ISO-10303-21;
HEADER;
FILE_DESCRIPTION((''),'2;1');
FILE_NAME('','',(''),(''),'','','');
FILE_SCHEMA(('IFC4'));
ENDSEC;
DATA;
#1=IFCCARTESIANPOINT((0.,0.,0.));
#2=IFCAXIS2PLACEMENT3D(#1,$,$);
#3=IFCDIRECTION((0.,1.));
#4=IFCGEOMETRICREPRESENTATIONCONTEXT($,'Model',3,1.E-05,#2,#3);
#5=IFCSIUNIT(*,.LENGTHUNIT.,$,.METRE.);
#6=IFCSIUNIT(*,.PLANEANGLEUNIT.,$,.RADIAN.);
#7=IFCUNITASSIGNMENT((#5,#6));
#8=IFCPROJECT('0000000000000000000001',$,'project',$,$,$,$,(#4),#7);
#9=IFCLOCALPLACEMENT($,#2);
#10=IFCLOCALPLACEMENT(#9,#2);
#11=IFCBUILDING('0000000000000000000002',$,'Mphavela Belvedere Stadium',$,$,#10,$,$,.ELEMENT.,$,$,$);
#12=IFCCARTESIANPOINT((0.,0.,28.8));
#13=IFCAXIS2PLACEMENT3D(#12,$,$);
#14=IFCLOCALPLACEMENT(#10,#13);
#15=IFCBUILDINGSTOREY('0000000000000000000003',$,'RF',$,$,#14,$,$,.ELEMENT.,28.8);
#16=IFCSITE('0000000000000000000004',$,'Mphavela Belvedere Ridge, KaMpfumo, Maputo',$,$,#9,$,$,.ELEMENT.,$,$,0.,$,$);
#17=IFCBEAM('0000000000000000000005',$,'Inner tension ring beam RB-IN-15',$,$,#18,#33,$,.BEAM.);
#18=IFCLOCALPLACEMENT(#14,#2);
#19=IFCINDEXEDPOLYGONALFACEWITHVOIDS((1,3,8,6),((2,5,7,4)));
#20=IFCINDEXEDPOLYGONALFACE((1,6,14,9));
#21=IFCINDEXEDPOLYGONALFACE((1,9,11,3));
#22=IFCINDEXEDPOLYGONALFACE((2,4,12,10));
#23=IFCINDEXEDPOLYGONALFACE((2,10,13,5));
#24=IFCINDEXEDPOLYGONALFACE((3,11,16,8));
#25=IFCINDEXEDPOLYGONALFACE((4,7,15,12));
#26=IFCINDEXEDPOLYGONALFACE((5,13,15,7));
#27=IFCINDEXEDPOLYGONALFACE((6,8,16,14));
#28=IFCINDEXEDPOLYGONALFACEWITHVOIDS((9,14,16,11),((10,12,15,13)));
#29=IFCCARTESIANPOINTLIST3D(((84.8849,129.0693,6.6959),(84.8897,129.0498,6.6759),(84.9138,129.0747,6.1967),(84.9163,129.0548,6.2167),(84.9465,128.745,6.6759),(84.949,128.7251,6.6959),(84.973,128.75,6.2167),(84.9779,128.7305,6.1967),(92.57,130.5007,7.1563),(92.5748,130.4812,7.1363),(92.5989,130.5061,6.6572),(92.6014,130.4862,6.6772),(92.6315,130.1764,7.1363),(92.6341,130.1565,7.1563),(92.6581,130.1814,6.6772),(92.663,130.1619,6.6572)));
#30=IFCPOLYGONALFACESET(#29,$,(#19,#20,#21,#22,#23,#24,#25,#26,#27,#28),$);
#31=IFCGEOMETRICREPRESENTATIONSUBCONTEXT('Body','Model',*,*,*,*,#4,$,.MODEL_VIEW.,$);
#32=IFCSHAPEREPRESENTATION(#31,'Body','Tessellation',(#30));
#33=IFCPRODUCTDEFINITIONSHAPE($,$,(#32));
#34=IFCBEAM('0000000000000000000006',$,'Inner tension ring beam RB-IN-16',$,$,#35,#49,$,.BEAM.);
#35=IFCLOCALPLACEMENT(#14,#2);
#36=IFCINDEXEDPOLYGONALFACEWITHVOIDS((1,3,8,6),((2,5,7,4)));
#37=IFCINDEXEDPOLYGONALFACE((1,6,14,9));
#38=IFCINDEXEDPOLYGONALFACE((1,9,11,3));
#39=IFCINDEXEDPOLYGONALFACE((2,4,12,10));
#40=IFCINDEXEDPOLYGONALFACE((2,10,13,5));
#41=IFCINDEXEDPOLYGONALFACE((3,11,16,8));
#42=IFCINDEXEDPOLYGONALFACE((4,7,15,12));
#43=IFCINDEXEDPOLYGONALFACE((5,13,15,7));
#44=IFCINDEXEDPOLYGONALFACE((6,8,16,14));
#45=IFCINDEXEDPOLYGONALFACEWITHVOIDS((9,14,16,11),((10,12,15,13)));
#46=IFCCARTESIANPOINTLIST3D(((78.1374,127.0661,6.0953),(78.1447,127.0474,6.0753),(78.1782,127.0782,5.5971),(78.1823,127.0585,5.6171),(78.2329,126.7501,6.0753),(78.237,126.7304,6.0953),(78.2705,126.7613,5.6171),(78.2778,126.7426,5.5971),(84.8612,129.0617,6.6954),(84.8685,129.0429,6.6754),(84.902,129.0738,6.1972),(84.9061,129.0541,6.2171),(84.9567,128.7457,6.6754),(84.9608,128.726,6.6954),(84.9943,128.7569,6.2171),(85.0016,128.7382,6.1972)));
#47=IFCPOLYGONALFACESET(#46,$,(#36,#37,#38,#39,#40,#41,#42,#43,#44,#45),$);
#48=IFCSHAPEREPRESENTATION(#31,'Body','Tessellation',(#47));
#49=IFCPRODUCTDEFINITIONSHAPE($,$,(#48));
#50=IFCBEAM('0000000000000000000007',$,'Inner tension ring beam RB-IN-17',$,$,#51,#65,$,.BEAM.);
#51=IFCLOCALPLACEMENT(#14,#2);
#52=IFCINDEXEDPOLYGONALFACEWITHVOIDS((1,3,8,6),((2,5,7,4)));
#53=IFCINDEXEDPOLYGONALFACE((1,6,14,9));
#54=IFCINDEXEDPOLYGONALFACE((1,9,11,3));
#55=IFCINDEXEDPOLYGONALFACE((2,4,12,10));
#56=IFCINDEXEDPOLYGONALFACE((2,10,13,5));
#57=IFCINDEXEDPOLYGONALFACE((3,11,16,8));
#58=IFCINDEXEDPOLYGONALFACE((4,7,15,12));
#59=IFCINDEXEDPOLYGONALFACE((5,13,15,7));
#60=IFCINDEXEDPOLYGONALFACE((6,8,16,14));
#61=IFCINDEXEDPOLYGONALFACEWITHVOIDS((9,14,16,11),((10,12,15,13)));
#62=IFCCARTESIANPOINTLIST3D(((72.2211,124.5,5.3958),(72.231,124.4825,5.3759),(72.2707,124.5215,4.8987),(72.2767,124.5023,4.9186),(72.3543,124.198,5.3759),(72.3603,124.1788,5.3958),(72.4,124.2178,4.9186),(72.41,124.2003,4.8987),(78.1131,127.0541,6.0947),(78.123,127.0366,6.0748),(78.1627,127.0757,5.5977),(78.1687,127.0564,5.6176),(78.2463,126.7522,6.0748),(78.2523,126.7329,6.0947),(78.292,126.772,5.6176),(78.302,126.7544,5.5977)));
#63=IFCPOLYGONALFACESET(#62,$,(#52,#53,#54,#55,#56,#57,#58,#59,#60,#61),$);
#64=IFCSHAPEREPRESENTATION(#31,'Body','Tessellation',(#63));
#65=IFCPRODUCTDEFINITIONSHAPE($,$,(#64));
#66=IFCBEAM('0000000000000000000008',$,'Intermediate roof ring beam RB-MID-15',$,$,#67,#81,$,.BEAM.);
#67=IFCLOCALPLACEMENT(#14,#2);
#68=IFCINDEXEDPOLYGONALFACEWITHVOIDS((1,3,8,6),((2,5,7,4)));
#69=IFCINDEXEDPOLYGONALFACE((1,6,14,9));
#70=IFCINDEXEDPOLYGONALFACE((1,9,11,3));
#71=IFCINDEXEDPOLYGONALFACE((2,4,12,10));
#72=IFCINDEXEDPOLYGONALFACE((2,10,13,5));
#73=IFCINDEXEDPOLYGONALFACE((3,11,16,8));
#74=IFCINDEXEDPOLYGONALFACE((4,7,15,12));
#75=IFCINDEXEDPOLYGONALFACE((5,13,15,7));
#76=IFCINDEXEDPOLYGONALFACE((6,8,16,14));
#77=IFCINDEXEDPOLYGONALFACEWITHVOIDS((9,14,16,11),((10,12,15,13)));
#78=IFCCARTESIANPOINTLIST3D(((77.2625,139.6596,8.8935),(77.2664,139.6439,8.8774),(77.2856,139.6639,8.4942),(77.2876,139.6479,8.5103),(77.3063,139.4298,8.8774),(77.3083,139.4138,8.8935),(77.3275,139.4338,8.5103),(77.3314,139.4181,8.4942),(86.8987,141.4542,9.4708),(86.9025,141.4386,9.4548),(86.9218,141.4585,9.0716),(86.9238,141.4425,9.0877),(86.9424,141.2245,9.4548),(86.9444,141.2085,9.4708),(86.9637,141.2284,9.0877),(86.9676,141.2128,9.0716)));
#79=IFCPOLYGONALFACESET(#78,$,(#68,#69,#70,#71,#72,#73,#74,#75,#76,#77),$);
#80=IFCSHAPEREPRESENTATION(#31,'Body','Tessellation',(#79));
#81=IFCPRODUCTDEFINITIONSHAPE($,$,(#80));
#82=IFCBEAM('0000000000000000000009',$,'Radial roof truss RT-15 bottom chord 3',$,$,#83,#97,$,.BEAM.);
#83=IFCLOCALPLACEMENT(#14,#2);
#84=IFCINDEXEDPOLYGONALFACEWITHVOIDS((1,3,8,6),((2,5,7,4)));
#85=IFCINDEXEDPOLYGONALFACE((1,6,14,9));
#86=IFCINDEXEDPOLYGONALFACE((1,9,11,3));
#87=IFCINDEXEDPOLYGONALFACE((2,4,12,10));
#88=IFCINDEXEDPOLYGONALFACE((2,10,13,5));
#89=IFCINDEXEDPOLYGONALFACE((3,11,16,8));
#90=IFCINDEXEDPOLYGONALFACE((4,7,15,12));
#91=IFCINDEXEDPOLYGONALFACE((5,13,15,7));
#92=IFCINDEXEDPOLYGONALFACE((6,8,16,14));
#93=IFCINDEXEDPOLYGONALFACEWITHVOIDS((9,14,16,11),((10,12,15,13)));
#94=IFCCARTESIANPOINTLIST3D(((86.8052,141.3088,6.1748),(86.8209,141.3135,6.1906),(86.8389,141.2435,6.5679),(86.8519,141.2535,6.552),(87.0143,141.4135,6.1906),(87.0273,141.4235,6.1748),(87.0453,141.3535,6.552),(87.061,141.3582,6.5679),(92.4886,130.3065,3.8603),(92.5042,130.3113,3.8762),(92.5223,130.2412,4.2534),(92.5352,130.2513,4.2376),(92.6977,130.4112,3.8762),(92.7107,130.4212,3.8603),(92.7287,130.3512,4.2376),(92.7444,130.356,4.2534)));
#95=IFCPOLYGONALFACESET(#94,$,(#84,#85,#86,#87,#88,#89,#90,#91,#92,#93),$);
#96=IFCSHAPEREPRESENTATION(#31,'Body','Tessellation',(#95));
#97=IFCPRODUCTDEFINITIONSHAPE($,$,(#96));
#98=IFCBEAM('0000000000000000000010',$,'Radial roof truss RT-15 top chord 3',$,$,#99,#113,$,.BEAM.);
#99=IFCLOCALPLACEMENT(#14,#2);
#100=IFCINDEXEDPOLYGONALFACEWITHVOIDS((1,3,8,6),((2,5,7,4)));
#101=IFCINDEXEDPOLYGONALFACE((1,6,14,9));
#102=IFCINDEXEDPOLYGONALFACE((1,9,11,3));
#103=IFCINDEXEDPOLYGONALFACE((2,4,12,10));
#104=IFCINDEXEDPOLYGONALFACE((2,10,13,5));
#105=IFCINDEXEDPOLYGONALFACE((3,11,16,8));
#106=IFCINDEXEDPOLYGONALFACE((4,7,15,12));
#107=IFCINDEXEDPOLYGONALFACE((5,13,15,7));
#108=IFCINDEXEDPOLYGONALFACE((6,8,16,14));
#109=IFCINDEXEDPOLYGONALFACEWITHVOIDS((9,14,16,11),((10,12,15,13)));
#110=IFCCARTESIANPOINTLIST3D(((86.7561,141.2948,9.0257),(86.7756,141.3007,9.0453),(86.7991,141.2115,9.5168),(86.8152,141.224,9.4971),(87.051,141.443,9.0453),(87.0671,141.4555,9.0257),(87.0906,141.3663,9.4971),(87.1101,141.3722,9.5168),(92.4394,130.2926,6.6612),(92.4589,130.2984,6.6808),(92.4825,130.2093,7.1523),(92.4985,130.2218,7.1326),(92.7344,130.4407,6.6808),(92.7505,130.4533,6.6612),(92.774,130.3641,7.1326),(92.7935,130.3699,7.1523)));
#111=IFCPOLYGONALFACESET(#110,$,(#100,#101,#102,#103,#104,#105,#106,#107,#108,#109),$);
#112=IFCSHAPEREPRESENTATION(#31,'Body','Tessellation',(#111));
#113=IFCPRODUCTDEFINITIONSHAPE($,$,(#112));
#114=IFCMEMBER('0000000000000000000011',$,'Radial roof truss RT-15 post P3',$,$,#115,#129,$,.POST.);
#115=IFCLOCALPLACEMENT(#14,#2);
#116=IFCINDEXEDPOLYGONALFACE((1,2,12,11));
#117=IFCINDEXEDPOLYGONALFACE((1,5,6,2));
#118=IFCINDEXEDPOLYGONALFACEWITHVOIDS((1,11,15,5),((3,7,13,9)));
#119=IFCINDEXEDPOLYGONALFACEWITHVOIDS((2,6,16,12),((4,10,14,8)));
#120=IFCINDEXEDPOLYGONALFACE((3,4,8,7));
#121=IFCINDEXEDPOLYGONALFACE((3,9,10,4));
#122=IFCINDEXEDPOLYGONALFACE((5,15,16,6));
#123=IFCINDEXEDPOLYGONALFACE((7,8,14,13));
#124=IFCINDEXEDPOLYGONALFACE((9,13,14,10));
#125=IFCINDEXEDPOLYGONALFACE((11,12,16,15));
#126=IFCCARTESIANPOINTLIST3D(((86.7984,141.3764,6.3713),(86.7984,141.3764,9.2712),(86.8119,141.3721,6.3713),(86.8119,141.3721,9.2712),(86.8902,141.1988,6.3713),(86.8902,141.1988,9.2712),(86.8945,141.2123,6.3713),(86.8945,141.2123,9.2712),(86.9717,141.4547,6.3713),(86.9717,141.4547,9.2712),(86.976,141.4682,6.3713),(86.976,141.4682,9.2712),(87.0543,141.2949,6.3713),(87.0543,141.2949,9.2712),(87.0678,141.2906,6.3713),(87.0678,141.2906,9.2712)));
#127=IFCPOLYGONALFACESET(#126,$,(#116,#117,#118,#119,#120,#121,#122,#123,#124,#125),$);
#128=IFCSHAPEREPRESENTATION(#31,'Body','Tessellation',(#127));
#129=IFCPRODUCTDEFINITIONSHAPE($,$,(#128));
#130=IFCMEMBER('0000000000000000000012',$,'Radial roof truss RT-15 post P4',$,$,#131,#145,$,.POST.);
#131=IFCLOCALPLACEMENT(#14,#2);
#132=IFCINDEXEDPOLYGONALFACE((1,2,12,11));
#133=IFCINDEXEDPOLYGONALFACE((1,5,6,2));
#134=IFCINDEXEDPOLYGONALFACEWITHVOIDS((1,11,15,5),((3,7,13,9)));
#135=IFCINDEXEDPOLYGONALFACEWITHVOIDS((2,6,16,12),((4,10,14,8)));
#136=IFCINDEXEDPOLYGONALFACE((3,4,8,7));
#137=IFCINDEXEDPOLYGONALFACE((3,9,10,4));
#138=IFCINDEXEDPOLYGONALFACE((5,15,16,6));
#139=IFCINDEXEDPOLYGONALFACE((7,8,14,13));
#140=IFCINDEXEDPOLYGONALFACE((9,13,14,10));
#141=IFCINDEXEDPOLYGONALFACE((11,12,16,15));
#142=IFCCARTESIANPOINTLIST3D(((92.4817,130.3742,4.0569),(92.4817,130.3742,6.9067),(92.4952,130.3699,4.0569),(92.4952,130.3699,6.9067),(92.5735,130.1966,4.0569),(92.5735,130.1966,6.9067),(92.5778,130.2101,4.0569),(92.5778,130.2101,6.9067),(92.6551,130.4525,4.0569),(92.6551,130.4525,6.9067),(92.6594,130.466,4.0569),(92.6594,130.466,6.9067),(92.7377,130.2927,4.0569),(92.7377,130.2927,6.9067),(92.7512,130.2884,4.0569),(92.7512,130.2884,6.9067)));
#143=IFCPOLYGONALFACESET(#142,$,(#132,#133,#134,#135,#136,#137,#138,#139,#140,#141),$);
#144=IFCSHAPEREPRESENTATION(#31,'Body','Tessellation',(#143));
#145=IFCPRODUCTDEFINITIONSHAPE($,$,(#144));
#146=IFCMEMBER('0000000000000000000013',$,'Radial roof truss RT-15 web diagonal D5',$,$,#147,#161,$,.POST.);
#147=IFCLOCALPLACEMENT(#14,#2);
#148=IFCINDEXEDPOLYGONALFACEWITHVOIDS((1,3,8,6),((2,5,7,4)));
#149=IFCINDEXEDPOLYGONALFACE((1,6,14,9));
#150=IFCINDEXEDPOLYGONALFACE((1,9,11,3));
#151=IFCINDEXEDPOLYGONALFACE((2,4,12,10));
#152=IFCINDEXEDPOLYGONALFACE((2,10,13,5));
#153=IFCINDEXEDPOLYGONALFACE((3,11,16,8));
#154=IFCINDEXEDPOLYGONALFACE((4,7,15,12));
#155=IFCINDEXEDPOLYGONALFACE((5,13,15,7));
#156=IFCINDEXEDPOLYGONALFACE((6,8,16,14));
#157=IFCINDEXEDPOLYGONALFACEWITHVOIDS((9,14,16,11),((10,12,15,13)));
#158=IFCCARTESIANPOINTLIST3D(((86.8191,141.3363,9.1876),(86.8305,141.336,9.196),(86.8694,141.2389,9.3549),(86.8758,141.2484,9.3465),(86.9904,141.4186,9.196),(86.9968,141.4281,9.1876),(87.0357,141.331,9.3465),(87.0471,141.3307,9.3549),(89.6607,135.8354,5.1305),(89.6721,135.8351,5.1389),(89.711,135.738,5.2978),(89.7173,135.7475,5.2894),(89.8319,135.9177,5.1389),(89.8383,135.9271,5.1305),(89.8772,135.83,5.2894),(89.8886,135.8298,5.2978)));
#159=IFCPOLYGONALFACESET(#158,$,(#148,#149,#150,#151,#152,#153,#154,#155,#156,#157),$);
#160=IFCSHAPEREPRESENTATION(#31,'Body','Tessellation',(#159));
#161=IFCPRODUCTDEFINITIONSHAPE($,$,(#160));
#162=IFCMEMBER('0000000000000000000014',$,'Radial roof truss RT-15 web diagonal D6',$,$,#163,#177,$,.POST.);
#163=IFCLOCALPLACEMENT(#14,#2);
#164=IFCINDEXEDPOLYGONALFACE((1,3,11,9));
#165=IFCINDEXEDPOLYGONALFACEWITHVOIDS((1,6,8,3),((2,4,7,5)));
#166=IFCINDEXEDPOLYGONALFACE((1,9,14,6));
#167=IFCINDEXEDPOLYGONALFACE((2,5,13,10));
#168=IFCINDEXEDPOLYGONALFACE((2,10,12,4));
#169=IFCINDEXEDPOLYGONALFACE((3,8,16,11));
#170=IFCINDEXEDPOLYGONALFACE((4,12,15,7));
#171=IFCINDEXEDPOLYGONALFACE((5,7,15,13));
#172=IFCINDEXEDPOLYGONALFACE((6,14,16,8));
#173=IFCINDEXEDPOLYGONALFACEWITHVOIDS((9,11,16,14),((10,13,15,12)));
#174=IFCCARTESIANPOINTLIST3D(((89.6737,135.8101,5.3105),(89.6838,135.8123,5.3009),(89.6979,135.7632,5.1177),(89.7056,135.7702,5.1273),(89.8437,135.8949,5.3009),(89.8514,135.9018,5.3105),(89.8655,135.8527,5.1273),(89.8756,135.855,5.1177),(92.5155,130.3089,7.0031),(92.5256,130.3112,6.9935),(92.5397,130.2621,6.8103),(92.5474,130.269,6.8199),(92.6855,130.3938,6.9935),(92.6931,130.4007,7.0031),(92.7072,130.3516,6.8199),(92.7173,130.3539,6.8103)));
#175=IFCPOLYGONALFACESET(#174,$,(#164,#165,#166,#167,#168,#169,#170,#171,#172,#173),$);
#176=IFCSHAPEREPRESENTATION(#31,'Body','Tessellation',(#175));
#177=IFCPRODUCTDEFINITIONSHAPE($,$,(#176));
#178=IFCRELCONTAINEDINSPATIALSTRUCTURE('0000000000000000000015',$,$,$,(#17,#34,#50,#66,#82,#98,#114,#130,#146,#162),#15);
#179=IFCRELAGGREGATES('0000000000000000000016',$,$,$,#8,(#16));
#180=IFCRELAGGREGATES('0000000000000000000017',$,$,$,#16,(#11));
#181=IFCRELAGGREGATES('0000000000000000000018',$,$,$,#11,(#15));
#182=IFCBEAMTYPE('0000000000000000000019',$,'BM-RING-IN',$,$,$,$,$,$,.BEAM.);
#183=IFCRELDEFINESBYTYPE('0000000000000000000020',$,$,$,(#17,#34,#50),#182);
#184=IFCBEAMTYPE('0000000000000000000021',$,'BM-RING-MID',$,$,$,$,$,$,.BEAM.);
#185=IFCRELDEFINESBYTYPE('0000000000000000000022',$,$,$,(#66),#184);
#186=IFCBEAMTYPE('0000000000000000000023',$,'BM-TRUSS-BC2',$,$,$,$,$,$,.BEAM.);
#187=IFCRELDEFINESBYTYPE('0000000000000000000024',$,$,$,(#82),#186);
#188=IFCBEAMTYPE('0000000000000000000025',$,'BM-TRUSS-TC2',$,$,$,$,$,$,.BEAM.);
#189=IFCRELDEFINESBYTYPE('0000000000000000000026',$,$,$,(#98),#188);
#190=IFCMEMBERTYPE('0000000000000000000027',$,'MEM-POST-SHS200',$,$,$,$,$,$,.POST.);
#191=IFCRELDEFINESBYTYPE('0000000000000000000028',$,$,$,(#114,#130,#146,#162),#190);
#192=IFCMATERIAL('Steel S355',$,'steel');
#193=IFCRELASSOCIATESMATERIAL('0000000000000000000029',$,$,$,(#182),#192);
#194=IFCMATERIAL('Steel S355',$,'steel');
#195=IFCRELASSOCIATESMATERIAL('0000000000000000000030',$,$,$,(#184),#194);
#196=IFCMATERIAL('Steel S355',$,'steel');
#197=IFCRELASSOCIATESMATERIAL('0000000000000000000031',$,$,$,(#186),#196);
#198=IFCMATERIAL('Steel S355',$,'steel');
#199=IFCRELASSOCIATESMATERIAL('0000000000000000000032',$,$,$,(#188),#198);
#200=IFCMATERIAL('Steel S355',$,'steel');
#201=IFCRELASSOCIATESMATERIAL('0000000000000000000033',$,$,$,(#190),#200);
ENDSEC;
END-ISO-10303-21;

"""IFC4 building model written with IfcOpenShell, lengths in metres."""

from ifc_helpers import new_model, si_unit, direction, frame, origin, origin_2d, place, context, subcontext, project, spatial, hollow_rectangle, extrude, material, material_profile, profile_set, type_object, element, save


model = new_model("IFC4")

# Units and contexts
model_context = context("Model", 3, precision=1e-05, world=origin(), true_north=direction((0.0, 1.0)))
body_context = subcontext(model_context, "Body", "Model", "MODEL_VIEW")
ifc_project = project(units=[si_unit("LENGTHUNIT", "METRE"), si_unit("PLANEANGLEUNIT", "RADIAN")], contexts=[model_context])

# Site, building, storey
site_placement = place(None, origin())
site = spatial("IfcSite", under=ifc_project, at=site_placement, Name="Mphavela Belvedere Ridge, KaMpfumo, Maputo", CompositionType="ELEMENT", RefElevation=0.0)
building_placement = place(site_placement, origin())
building = spatial("IfcBuilding", under=site, at=building_placement, Name="Mphavela Belvedere Stadium", CompositionType="ELEMENT")
storey_placement = place(building_placement, frame((0.0, 0.0, 28.8)))
storey = spatial("IfcBuildingStorey", under=building, at=storey_placement, Name="RF", CompositionType="ELEMENT", Elevation=28.8)

# Beams
ifc_material_1 = material(Name="Steel S355", Category="steel")
ifc_material_profile_1 = material_profile(ifc_material_1, hollow_rectangle(XDim=0.3501, YDim=0.5, WallThickness=0.02, at=origin_2d()), Name="RHS 500x350x20")
ifc_profile_set_1 = profile_set([ifc_material_profile_1], Name="Steel S355")
beam_type_1 = type_object("IfcBeamType", Name="BM-RING-IN", PredefinedType="BEAM", material=ifc_profile_set_1)
beam_1_placement = place(storey_placement, frame((92.6165, 130.3313, 6.9067), z_axis=(-0.981392, -0.182791, -0.0588), x_axis=(0.183108, -0.983093, 0.0)))
element("IfcBeam", 1, at=beam_1_placement, inside=storey, type_object=beam_type_1, Name="Inner tension ring beam RB-IN-15", PredefinedType="BEAM", context=body_context, shape_type="SweptSolid", body=[
    extrude(hollow_rectangle(XDim=0.3501, YDim=0.5, WallThickness=0.02, at=origin_2d()), origin(), (0.0, 0.0, 1.0), 7.8308),
])
beam_2_placement = place(storey_placement, frame((84.9314, 128.8999, 6.4463), z_axis=(-0.955178, -0.283491, -0.085248), x_axis=(0.284527, -0.958668, 0.0)))
element("IfcBeam", 2, at=beam_2_placement, inside=storey, type_object=beam_type_1, Name="Inner tension ring beam RB-IN-16", PredefinedType="BEAM", context=body_context, shape_type="SweptSolid", body=[
    extrude(hollow_rectangle(XDim=0.3501, YDim=0.5, WallThickness=0.02, at=origin_2d()), origin(), (0.0, 0.0, 1.0), 7.0393),
])
beam_3_placement = place(storey_placement, frame((78.2075, 126.9043, 5.8462), z_axis=(-0.912114, -0.395398, -0.108203), x_axis=(0.397733, -0.917501, 0.0)))
element("IfcBeam", 3, at=beam_3_placement, inside=storey, type_object=beam_type_1, Name="Inner tension ring beam RB-IN-17", PredefinedType="BEAM", context=body_context, shape_type="SweptSolid", body=[
    extrude(hollow_rectangle(XDim=0.3501, YDim=0.5, WallThickness=0.02, at=origin_2d()), origin(), (0.0, 0.0, 1.0), 6.4597),
])
ifc_material_2 = material(Name="Steel S355", Category="steel")
ifc_material_profile_2 = material_profile(ifc_material_2, hollow_rectangle(XDim=0.25, YDim=0.3999, WallThickness=0.0161, at=origin_2d()), Name="RHS 400x250x16")
ifc_profile_set_2 = profile_set([ifc_material_profile_2], Name="Steel S355")
beam_type_2 = type_object("IfcBeamType", Name="BM-RING-MID", PredefinedType="BEAM", material=ifc_profile_set_2)
beam_4_placement = place(storey_placement, frame((86.9331, 141.3335, 9.2712), z_axis=(-0.981394, -0.182778, -0.058804), x_axis=(0.183094, -0.983095, 0.0)))
element("IfcBeam", 4, at=beam_4_placement, inside=storey, type_object=beam_type_2, Name="Intermediate roof ring beam RB-MID-15", PredefinedType="BEAM", context=body_context, shape_type="SweptSolid", body=[
    extrude(hollow_rectangle(XDim=0.25, YDim=0.3999, WallThickness=0.0161, at=origin_2d()), origin(), (0.0, 0.0, 1.0), 9.8188),
])
ifc_material_3 = material(Name="Steel S355", Category="steel")
ifc_material_profile_3 = material_profile(ifc_material_3, hollow_rectangle(XDim=0.25, YDim=0.3999, WallThickness=0.0161, at=origin_2d()), Name="RHS 400x250x16")
ifc_profile_set_3 = profile_set([ifc_material_profile_3], Name="Steel S355")
beam_type_3 = type_object("IfcBeamType", Name="BM-TRUSS-BC2", PredefinedType="BEAM", material=ifc_profile_set_3)
beam_5_placement = place(storey_placement, frame((86.9331, 141.3335, 6.3713), z_axis=(0.451137, -0.87334, -0.183718), x_axis=(0.888463, 0.458949, 0.0)))
element("IfcBeam", 5, at=beam_5_placement, inside=storey, type_object=beam_type_3, Name="Radial roof truss RT-15 bottom chord 3", PredefinedType="BEAM", context=body_context, shape_type="SweptSolid", body=[
    extrude(hollow_rectangle(XDim=0.25, YDim=0.3999, WallThickness=0.0161, at=origin_2d()), origin(), (0.0, 0.0, 1.0), 12.5979),
])
ifc_material_4 = material(Name="Steel S355", Category="steel")
ifc_material_profile_4 = material_profile(ifc_material_4, hollow_rectangle(XDim=0.3501, YDim=0.5, WallThickness=0.02, at=origin_2d()), Name="RHS 500x350x20")
ifc_profile_set_4 = profile_set([ifc_material_profile_4], Name="Steel S355")
beam_type_4 = type_object("IfcBeamType", Name="BM-TRUSS-TC2", PredefinedType="BEAM", material=ifc_profile_set_4)
beam_6_placement = place(storey_placement, frame((86.9331, 141.3335, 9.2712), z_axis=(0.450804, -0.872697, -0.187553), x_axis=(0.888463, 0.458949, 0.0)))
element("IfcBeam", 6, at=beam_6_placement, inside=storey, type_object=beam_type_4, Name="Radial roof truss RT-15 top chord 3", PredefinedType="BEAM", context=body_context, shape_type="SweptSolid", body=[
    extrude(hollow_rectangle(XDim=0.3501, YDim=0.5, WallThickness=0.02, at=origin_2d()), origin(), (0.0, 0.0, 1.0), 12.6072),
])

# Members
ifc_material_5 = material(Name="Steel S355", Category="steel")
ifc_material_profile_5 = material_profile(ifc_material_5, hollow_rectangle(XDim=0.2, YDim=0.2, WallThickness=0.01, at=origin_2d()), Name="SHS 200x200x10")
ifc_profile_set_5 = profile_set([ifc_material_profile_5], Name="Steel S355")
member_type_1 = type_object("IfcMemberType", Name="MEM-POST-SHS200", PredefinedType="POST", material=ifc_profile_set_5)
member_1_placement = place(storey_placement, frame((86.9331, 141.3335, 6.3713), z_axis=(0.0, 0.0, 1.0), x_axis=(-0.45896, 0.888457, 0.0)))
element("IfcMember", 7, at=member_1_placement, inside=storey, type_object=member_type_1, Name="Radial roof truss RT-15 post P3", PredefinedType="POST", context=body_context, shape_type="SweptSolid", body=[
    extrude(hollow_rectangle(XDim=0.2, YDim=0.2, WallThickness=0.01, at=origin_2d()), origin(), (0.0, 0.0, 1.0), 2.8999),
])
member_2_placement = place(storey_placement, frame((92.6165, 130.3313, 4.0569), z_axis=(0.0, 0.0, 1.0), x_axis=(-0.45896, 0.888457, 0.0)))
element("IfcMember", 8, at=member_2_placement, inside=storey, type_object=member_type_1, Name="Radial roof truss RT-15 post P4", PredefinedType="POST", context=body_context, shape_type="SweptSolid", body=[
    extrude(hollow_rectangle(XDim=0.2, YDim=0.2, WallThickness=0.01, at=origin_2d()), origin(), (0.0, 0.0, 1.0), 2.8499),
])
member_3_placement = place(storey_placement, frame((86.9331, 141.3335, 9.2712), z_axis=(0.383869, -0.743135, -0.548083), x_axis=(0.888467, 0.458941, 0.0)))
element("IfcMember", 9, at=member_3_placement, inside=storey, type_object=member_type_1, Name="Radial roof truss RT-15 web diagonal D5", PredefinedType="POST", context=body_context, shape_type="SweptSolid", body=[
    extrude(hollow_rectangle(XDim=0.2, YDim=0.2, WallThickness=0.01, at=origin_2d()), origin(), (0.0, 0.0, 1.0), 7.4023),
])
member_4_placement = place(storey_placement, frame((89.7747, 135.8325, 5.2141), z_axis=(0.442713, -0.857015, 0.263688), x_axis=(0.888459, 0.458956, 0.0)))
element("IfcMember", 10, at=member_4_placement, inside=storey, type_object=member_type_1, Name="Radial roof truss RT-15 web diagonal D6", PredefinedType="POST", context=body_context, shape_type="SweptSolid", body=[
    extrude(hollow_rectangle(XDim=0.2, YDim=0.2, WallThickness=0.01, at=origin_2d()), origin(), (0.0, 0.0, 1.0), 6.4189),
])

save(model, "model.ifc")
